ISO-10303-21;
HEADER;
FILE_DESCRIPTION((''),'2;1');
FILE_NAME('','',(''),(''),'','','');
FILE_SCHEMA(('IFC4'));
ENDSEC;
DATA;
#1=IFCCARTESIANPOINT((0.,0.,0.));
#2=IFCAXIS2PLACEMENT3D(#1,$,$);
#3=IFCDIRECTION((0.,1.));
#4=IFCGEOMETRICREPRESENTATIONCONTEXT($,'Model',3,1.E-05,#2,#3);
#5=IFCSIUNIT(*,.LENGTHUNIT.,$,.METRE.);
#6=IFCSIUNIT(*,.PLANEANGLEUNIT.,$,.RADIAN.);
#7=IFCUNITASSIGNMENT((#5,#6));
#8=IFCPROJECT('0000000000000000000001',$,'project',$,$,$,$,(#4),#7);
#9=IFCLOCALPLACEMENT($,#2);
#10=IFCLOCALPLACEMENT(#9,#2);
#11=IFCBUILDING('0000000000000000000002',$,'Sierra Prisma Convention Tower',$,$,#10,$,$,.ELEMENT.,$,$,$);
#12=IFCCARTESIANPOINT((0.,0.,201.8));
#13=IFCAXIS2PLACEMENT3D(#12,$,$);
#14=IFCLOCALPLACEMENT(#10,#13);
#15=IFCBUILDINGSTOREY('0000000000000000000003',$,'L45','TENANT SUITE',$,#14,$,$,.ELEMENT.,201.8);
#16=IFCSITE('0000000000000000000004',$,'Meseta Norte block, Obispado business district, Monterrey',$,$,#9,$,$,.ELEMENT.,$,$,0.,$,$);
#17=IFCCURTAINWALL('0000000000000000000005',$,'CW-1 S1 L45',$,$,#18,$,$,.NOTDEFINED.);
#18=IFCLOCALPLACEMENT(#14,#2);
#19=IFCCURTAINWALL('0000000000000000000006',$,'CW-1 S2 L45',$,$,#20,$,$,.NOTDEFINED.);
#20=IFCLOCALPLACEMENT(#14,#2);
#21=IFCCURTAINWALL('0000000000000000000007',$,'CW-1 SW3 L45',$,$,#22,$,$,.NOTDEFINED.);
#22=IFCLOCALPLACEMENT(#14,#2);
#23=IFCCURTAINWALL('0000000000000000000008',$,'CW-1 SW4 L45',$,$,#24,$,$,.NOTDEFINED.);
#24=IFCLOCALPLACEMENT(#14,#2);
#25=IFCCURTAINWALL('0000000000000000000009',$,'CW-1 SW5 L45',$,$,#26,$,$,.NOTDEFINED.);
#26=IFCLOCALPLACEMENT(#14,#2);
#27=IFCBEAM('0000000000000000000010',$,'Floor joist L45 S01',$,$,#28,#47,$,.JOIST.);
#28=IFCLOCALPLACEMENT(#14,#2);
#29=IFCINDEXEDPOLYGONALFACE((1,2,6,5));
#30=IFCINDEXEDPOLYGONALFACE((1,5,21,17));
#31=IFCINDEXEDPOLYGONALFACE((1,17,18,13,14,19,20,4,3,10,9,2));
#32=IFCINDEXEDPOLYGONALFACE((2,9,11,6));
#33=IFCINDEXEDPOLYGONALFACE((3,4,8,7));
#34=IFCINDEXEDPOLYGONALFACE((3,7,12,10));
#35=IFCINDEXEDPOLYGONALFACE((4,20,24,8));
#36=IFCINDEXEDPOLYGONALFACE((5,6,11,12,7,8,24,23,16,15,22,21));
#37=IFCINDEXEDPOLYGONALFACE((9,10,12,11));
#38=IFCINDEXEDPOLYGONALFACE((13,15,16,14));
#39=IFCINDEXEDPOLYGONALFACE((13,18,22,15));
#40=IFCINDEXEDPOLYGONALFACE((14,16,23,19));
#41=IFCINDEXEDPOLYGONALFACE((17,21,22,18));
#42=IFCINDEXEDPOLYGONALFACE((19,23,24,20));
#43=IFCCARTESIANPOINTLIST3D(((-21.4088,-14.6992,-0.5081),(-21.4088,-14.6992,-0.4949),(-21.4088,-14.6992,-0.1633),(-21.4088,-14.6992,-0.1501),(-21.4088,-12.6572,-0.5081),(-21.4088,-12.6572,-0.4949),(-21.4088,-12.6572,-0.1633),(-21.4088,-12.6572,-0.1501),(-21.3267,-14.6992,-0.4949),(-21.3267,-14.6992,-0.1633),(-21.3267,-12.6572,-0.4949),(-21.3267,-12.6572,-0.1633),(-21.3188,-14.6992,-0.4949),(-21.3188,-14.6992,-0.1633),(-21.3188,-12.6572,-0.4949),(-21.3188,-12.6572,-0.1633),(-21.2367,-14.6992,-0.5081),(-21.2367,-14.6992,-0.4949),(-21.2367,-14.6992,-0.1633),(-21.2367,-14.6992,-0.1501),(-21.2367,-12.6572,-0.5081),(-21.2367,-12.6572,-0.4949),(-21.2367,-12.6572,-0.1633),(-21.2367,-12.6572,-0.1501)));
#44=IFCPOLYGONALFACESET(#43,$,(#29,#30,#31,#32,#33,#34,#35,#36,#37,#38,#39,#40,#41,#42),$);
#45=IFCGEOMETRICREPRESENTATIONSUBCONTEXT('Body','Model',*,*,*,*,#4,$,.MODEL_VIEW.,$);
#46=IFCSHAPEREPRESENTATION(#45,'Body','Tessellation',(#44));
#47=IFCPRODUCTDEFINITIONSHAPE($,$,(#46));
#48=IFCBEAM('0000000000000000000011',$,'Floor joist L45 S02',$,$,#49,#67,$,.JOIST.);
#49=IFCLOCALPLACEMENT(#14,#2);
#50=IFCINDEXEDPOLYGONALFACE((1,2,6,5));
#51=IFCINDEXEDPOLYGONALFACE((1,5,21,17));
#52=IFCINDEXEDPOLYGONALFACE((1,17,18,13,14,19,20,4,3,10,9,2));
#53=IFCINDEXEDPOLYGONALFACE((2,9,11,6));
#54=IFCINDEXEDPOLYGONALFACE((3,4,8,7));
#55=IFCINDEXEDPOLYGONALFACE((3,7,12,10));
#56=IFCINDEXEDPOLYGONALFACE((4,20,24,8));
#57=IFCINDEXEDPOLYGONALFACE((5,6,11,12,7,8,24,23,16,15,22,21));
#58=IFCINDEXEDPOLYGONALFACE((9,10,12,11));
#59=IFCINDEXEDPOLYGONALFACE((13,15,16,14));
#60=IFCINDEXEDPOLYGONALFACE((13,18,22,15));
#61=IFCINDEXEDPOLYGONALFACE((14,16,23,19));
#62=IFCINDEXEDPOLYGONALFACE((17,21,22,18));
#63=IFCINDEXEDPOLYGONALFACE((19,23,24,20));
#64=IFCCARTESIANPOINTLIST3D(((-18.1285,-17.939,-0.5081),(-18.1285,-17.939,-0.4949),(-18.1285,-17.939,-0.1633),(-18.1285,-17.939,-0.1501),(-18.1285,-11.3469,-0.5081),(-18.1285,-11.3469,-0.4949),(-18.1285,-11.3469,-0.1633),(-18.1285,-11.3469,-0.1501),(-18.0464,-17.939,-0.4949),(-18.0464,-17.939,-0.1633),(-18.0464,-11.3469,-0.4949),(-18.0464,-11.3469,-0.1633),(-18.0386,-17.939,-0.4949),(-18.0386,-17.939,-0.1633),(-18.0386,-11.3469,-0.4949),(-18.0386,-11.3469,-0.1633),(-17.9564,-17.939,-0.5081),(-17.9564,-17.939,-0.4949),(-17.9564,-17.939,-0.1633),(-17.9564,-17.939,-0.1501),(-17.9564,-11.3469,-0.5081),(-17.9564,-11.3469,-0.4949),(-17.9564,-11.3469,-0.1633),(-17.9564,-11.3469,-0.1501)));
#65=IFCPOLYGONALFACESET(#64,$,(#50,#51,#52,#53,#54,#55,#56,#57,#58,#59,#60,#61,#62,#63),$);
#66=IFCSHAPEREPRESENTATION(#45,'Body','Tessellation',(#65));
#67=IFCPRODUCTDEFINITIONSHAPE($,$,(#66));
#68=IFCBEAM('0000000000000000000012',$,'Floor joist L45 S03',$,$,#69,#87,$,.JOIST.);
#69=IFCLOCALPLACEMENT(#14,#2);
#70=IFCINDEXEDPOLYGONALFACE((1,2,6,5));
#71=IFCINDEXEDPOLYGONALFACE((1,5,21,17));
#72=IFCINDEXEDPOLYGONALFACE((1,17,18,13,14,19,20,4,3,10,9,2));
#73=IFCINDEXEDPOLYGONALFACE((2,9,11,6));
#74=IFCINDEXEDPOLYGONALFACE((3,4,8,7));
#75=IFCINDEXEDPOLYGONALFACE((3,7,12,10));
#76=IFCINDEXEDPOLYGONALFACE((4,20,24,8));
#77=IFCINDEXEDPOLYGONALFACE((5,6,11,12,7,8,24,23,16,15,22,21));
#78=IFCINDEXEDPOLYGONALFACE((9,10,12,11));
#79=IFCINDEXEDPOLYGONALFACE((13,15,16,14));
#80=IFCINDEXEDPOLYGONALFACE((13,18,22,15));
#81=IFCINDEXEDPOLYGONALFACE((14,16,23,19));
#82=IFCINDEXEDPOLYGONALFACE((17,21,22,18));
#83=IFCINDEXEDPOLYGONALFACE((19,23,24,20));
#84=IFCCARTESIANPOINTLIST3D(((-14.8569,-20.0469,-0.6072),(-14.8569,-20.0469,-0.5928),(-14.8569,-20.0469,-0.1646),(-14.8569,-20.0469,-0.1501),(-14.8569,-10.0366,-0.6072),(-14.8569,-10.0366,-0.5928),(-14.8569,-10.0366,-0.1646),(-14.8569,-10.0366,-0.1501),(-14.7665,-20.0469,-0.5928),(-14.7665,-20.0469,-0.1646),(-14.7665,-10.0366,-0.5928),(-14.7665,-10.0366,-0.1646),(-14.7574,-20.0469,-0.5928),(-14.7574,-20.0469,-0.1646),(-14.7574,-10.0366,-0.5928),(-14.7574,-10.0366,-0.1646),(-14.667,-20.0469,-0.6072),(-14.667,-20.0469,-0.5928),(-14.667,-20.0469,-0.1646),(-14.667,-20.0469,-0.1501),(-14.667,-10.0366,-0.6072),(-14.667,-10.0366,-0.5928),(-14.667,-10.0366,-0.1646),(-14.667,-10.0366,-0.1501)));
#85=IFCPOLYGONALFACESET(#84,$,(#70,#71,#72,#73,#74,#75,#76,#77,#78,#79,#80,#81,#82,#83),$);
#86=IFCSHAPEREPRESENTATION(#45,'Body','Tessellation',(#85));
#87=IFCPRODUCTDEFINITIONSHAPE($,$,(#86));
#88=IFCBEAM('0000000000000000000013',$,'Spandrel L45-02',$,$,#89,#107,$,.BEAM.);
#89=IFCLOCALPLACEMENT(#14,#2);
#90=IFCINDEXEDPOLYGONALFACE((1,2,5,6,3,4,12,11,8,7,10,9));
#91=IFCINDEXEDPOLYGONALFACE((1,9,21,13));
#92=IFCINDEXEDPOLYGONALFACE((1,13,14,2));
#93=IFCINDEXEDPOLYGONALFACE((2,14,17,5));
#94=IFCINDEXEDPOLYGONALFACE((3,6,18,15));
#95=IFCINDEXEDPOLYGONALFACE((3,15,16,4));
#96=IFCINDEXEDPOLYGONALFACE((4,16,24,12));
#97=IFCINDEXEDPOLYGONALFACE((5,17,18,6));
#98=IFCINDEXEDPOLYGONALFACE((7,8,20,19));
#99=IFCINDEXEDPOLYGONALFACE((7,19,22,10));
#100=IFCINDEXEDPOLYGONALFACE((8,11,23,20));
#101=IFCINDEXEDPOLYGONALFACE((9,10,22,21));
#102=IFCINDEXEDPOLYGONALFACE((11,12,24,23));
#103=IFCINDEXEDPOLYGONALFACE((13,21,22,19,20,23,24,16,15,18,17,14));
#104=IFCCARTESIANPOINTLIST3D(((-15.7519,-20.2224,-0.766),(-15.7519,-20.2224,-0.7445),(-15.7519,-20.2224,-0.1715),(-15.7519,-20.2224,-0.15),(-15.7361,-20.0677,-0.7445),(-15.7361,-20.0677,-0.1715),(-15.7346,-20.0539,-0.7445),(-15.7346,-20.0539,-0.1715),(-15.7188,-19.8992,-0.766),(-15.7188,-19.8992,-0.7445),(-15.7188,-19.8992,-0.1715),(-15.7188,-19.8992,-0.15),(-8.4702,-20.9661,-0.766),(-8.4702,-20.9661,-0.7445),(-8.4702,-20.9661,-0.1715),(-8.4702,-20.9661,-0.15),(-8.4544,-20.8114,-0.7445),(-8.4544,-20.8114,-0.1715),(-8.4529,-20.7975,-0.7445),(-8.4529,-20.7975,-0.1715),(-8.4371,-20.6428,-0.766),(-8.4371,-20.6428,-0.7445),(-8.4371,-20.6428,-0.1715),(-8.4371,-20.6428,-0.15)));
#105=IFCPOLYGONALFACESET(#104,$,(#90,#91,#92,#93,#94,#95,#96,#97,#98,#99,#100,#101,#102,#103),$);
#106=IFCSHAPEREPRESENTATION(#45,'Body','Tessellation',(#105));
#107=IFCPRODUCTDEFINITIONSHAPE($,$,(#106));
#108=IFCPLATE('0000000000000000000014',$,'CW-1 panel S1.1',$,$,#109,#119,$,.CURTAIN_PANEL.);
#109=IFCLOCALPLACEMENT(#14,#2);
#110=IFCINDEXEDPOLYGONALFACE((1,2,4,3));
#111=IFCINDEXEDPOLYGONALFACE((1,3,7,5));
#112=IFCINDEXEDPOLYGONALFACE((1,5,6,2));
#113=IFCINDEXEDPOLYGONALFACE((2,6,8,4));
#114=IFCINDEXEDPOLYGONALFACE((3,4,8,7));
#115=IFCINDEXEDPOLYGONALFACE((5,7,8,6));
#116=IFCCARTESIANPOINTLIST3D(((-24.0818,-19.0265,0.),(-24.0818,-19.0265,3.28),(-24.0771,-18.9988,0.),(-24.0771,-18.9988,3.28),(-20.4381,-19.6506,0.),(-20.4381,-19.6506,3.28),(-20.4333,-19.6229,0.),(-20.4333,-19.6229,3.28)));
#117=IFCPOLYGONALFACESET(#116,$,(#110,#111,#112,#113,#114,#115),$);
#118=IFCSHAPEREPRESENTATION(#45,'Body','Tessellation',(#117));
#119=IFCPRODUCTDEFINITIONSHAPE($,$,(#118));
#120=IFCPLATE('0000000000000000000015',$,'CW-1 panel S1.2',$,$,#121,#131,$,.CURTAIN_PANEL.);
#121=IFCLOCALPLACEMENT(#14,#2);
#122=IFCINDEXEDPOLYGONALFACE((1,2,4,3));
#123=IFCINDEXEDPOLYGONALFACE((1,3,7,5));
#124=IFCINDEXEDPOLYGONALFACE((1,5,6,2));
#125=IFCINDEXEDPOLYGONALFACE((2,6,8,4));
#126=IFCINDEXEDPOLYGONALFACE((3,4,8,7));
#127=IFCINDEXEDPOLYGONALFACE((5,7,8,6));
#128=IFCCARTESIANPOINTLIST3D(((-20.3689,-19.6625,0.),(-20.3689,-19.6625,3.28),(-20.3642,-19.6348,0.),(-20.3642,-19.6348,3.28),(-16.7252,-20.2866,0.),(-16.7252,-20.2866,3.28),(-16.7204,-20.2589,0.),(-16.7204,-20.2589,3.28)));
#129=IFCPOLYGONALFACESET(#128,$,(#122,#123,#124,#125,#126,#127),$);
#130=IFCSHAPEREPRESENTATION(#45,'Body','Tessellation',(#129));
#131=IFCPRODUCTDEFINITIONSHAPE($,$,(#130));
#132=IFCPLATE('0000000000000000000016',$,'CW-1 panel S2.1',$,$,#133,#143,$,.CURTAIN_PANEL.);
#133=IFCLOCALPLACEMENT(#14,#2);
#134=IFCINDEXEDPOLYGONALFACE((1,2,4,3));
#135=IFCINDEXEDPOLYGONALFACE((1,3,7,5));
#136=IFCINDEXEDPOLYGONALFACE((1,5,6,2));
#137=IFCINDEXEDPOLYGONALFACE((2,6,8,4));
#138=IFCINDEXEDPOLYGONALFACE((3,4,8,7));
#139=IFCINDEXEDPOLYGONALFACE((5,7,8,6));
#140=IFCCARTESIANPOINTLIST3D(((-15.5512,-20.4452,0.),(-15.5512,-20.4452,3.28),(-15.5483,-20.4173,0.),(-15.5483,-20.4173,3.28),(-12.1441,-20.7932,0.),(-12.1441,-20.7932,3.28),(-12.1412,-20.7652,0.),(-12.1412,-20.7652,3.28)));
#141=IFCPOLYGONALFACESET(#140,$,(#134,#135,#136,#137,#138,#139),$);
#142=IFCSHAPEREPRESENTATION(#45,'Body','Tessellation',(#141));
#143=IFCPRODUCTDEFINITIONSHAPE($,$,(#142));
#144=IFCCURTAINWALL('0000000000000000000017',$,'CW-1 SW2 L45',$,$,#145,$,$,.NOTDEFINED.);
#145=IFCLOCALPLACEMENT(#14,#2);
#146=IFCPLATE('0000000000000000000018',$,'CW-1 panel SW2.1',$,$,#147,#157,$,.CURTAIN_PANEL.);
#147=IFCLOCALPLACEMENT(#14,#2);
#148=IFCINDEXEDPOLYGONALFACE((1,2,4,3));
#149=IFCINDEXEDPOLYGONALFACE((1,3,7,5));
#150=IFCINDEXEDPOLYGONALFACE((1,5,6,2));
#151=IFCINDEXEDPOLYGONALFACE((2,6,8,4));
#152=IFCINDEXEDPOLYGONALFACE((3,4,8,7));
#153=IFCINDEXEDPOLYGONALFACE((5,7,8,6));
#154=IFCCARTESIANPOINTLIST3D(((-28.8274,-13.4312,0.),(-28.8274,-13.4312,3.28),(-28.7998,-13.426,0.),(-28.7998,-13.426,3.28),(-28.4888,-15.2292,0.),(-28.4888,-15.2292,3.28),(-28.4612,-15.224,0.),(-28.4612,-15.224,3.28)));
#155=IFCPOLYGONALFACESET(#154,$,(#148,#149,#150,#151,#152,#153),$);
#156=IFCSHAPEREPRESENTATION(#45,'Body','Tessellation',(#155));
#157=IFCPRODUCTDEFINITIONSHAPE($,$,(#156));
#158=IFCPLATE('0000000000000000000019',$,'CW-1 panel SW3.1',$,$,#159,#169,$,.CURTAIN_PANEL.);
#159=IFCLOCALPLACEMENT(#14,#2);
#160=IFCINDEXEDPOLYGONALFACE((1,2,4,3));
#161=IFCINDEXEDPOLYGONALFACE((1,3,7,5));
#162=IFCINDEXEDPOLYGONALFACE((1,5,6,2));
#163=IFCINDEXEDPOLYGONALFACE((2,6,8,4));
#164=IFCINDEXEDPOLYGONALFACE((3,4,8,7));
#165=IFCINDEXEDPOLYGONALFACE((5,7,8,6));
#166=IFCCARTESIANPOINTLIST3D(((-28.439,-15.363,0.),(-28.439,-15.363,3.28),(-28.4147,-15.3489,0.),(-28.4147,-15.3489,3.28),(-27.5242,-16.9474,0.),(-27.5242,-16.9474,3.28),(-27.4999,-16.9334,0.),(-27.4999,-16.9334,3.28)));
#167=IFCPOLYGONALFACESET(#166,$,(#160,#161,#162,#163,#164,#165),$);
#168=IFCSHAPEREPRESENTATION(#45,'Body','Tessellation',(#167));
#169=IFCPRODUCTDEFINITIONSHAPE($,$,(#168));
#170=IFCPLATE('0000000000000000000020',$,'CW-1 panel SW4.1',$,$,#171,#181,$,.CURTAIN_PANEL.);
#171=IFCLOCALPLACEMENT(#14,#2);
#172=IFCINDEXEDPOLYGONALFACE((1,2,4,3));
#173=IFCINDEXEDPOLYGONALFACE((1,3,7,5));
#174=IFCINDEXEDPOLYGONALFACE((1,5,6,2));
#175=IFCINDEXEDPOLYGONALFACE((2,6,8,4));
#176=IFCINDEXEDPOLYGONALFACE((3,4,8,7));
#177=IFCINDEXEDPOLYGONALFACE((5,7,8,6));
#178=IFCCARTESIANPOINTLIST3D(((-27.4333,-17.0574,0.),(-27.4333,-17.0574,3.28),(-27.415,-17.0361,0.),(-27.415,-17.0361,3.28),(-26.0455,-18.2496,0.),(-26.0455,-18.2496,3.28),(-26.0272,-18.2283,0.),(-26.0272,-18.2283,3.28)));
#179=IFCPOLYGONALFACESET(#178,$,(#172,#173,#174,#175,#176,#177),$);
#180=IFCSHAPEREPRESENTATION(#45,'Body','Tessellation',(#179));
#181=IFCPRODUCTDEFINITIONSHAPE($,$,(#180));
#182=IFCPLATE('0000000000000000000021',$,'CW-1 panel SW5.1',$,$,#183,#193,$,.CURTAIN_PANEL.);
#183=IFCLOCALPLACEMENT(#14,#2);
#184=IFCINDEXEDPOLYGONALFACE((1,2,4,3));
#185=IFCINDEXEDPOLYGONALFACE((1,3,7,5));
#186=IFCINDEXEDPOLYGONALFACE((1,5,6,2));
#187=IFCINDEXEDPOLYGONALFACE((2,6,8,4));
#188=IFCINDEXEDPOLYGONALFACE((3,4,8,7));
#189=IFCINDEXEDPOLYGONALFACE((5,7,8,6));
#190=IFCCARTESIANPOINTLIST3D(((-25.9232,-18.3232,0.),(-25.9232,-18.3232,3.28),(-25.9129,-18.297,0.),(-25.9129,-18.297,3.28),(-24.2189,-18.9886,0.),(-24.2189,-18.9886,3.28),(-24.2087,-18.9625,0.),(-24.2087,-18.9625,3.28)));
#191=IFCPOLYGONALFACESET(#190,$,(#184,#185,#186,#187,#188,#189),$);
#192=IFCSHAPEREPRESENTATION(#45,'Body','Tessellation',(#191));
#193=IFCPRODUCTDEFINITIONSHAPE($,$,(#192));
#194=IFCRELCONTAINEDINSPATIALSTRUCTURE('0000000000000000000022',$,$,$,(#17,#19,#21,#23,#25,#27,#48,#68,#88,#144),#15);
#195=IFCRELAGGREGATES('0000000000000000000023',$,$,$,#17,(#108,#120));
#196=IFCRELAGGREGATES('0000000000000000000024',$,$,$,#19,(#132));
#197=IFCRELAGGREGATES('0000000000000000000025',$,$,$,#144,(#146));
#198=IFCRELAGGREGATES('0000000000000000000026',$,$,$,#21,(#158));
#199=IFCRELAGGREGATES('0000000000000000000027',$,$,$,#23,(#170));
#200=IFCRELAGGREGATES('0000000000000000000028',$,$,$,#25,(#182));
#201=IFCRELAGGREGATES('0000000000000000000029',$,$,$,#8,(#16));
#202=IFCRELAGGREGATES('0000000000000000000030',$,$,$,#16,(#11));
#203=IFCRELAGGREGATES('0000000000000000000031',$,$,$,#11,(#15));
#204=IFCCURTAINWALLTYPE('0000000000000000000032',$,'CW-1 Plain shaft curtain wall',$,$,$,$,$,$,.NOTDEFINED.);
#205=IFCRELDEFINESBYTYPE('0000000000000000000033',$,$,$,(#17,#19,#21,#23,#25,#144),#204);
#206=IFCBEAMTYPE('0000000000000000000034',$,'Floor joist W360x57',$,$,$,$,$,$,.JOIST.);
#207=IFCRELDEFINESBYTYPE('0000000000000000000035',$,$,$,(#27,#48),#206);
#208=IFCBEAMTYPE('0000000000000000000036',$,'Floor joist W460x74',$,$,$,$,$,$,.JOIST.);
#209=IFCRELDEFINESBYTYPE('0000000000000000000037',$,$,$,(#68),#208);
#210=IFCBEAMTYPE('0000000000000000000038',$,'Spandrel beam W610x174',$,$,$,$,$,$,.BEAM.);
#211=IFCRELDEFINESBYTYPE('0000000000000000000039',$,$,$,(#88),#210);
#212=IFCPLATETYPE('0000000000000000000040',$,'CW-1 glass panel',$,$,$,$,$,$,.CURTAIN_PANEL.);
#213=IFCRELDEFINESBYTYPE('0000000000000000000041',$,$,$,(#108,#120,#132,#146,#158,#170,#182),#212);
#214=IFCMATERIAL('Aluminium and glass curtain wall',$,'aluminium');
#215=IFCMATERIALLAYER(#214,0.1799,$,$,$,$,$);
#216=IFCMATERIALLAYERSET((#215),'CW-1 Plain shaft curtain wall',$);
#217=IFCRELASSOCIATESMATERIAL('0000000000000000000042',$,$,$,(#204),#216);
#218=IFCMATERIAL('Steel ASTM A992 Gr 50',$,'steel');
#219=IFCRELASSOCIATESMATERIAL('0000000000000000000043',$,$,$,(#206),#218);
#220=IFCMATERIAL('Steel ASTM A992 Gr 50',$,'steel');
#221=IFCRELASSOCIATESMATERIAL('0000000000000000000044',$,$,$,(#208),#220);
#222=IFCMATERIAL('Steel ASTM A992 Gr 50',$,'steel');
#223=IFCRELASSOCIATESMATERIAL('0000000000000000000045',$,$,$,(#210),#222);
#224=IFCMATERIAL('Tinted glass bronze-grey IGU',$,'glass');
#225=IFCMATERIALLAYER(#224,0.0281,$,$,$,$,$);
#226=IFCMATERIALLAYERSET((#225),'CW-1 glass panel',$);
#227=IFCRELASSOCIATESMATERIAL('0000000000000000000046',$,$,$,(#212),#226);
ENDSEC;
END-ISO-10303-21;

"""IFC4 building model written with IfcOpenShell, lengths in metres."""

from ifc_helpers import new_model, si_unit, direction, frame, origin, origin_2d, place, context, subcontext, project, spatial, rectangle, i_section, extrude, material, layer, layer_set, material_profile, profile_set, type_object, element, aggregate, save


model = new_model("IFC4")

# Units and contexts
model_context = context("Model", 3, precision=1e-05, world=origin(), true_north=direction((0.0, 1.0)))
body_context = subcontext(model_context, "Body", "Model", "MODEL_VIEW")
ifc_project = project(units=[si_unit("LENGTHUNIT", "METRE"), si_unit("PLANEANGLEUNIT", "RADIAN")], contexts=[model_context])

# Site, building, storey
site_placement = place(None, origin())
site = spatial("IfcSite", under=ifc_project, at=site_placement, Name="Meseta Norte block, Obispado business district, Monterrey", CompositionType="ELEMENT", RefElevation=0.0)
building_placement = place(site_placement, origin())
building = spatial("IfcBuilding", under=site, at=building_placement, Name="Sierra Prisma Convention Tower", CompositionType="ELEMENT")
storey_placement = place(building_placement, frame((0.0, 0.0, 201.8)))
storey = spatial("IfcBuildingStorey", under=building, at=storey_placement, Name="L45", Description="TENANT SUITE", CompositionType="ELEMENT", Elevation=201.8)

# Curtain wall
ifc_material_1 = material(Name="Aluminium and glass curtain wall", Category="aluminium")
ifc_layer_1 = layer(ifc_material_1, 0.1799)
ifc_layer_set_1 = layer_set([ifc_layer_1], Name="CW-1 Plain shaft curtain wall")
curtain_wall_type = type_object("IfcCurtainWallType", Name="CW-1 Plain shaft curtain wall", PredefinedType="NOTDEFINED", material=ifc_layer_set_1)
curtain_wall_1_placement = place(storey_placement, origin())
curtain_wall_1 = element("IfcCurtainWall", 1, at=curtain_wall_1_placement, inside=storey, type_object=curtain_wall_type, Name="CW-1 S1 L45", PredefinedType="NOTDEFINED")

# Curtain walls
curtain_wall_2_placement = place(storey_placement, origin())
curtain_wall_2 = element("IfcCurtainWall", 2, at=curtain_wall_2_placement, inside=storey, type_object=curtain_wall_type, Name="CW-1 S2 L45", PredefinedType="NOTDEFINED")
curtain_wall_3_placement = place(storey_placement, origin())
curtain_wall_3 = element("IfcCurtainWall", 3, at=curtain_wall_3_placement, inside=storey, type_object=curtain_wall_type, Name="CW-1 SW3 L45", PredefinedType="NOTDEFINED")
curtain_wall_4_placement = place(storey_placement, origin())
curtain_wall_4 = element("IfcCurtainWall", 4, at=curtain_wall_4_placement, inside=storey, type_object=curtain_wall_type, Name="CW-1 SW4 L45", PredefinedType="NOTDEFINED")
curtain_wall_5_placement = place(storey_placement, origin())
curtain_wall_5 = element("IfcCurtainWall", 5, at=curtain_wall_5_placement, inside=storey, type_object=curtain_wall_type, Name="CW-1 SW5 L45", PredefinedType="NOTDEFINED")

# Beams
ifc_material_2 = material(Name="Steel ASTM A992 Gr 50", Category="steel")
ifc_material_profile_1 = material_profile(ifc_material_2, i_section(OverallWidth=0.1721, OverallDepth=0.3579, WebThickness=0.0078, FlangeThickness=0.0132, at=origin_2d()), Name="W360x57")
ifc_profile_set_1 = profile_set([ifc_material_profile_1], Name="Steel ASTM A992 Gr 50")
beam_type_1 = type_object("IfcBeamType", Name="Floor joist W360x57", PredefinedType="JOIST", material=ifc_profile_set_1)
beam_1_placement = place(storey_placement, frame((-21.3228, -14.6992, -0.3291), z_axis=(0.0, 1.0, 0.0), x_axis=(-1.0, 0.0, 0.0)))
element("IfcBeam", 6, at=beam_1_placement, inside=storey, type_object=beam_type_1, Name="Floor joist L45 S01", PredefinedType="JOIST", context=body_context, shape_type="SweptSolid", body=[
    extrude(i_section(OverallWidth=0.1721, OverallDepth=0.3579, WebThickness=0.0078, FlangeThickness=0.0132, at=origin_2d()), origin(), (0.0, 0.0, 1.0), 2.042),
])
beam_2_placement = place(storey_placement, frame((-18.0425, -17.939, -0.3291), z_axis=(0.0, 1.0, 0.0), x_axis=(-1.0, 0.0, 0.0)))
element("IfcBeam", 7, at=beam_2_placement, inside=storey, type_object=beam_type_1, Name="Floor joist L45 S02", PredefinedType="JOIST", context=body_context, shape_type="SweptSolid", body=[
    extrude(i_section(OverallWidth=0.1721, OverallDepth=0.3579, WebThickness=0.0078, FlangeThickness=0.0132, at=origin_2d()), origin(), (0.0, 0.0, 1.0), 6.592),
])
ifc_material_3 = material(Name="Steel ASTM A992 Gr 50", Category="steel")
ifc_material_profile_2 = material_profile(ifc_material_3, i_section(OverallWidth=0.1899, OverallDepth=0.457, WebThickness=0.009, FlangeThickness=0.0144, at=origin_2d()), Name="W460x74")
ifc_profile_set_2 = profile_set([ifc_material_profile_2], Name="Steel ASTM A992 Gr 50")
beam_type_2 = type_object("IfcBeamType", Name="Floor joist W460x74", PredefinedType="JOIST", material=ifc_profile_set_2)
beam_3_placement = place(storey_placement, frame((-14.762, -20.0469, -0.3787), z_axis=(0.0, 1.0, 0.0), x_axis=(-1.0, 0.0, 0.0)))
element("IfcBeam", 8, at=beam_3_placement, inside=storey, type_object=beam_type_2, Name="Floor joist L45 S03", PredefinedType="JOIST", context=body_context, shape_type="SweptSolid", body=[
    extrude(i_section(OverallWidth=0.1899, OverallDepth=0.457, WebThickness=0.009, FlangeThickness=0.0144, at=origin_2d()), origin(), (0.0, 0.0, 1.0), 10.0103),
])
ifc_material_4 = material(Name="Steel ASTM A992 Gr 50", Category="steel")
ifc_material_profile_3 = material_profile(ifc_material_4, i_section(OverallWidth=0.325, OverallDepth=0.616, WebThickness=0.0139, FlangeThickness=0.0215, at=origin_2d()), Name="W610x174")
ifc_profile_set_3 = profile_set([ifc_material_profile_3], Name="Steel ASTM A992 Gr 50")
beam_type_3 = type_object("IfcBeamType", Name="Spandrel beam W610x174", PredefinedType="BEAM", material=ifc_profile_set_3)
beam_4_placement = place(storey_placement, frame((-15.7354, -20.0608, -0.458), z_axis=(0.994826, -0.101597, 0.0), x_axis=(0.101597, 0.994826, 0.0)))
element("IfcBeam", 9, at=beam_4_placement, inside=storey, type_object=beam_type_3, Name="Spandrel L45-02", PredefinedType="BEAM", context=body_context, shape_type="SweptSolid", body=[
    extrude(i_section(OverallWidth=0.325, OverallDepth=0.616, WebThickness=0.0139, FlangeThickness=0.0215, at=origin_2d()), origin(), (0.0, 0.0, 1.0), 7.3196),
])

# Plates
ifc_material_5 = material(Name="Tinted glass bronze-grey IGU", Category="glass")
ifc_layer_2 = layer(ifc_material_5, 0.0281)
ifc_layer_set_2 = layer_set([ifc_layer_2], Name="CW-1 glass panel")
plate_type = type_object("IfcPlateType", Name="CW-1 glass panel", PredefinedType="CURTAIN_PANEL", material=ifc_layer_set_2)
plate_1_placement = place(storey_placement, frame((-22.2576, -19.3247, 0.0), z_axis=(0.0, 0.0, 1.0), x_axis=(0.985649, -0.16881, 0.0)))
plate_1 = element("IfcPlate", 10, at=plate_1_placement, type_object=plate_type, Name="CW-1 panel S1.1", PredefinedType="CURTAIN_PANEL", context=body_context, shape_type="SweptSolid", body=[
    extrude(rectangle(XDim=3.6968, YDim=0.0281, at=origin_2d()), origin(), (0.0, 0.0, 1.0), 3.28),
])
plate_2_placement = place(storey_placement, frame((-18.5447, -19.9607, 0.0), z_axis=(0.0, 0.0, 1.0), x_axis=(0.985649, -0.16881, 0.0)))
plate_2 = element("IfcPlate", 11, at=plate_2_placement, type_object=plate_type, Name="CW-1 panel S1.2", PredefinedType="CURTAIN_PANEL", context=body_context, shape_type="SweptSolid", body=[
    extrude(rectangle(XDim=3.6968, YDim=0.0281, at=origin_2d()), origin(), (0.0, 0.0, 1.0), 3.28),
])
aggregate(curtain_wall_1, [plate_1, plate_2])
plate_3_placement = place(storey_placement, frame((-13.8462, -20.6052, 0.0), z_axis=(0.0, 0.0, 1.0), x_axis=(0.994826, -0.101598, 0.0)))
plate_3 = element("IfcPlate", 12, at=plate_3_placement, type_object=plate_type, Name="CW-1 panel S2.1", PredefinedType="CURTAIN_PANEL", context=body_context, shape_type="SweptSolid", body=[
    extrude(rectangle(XDim=3.4248, YDim=0.0281, at=origin_2d()), origin(), (0.0, 0.0, 1.0), 3.28),
])
aggregate(curtain_wall_2, [plate_3])

# Curtain wall, plate
curtain_wall_6_placement = place(storey_placement, origin())
curtain_wall_6 = element("IfcCurtainWall", 13, at=curtain_wall_6_placement, inside=storey, type_object=curtain_wall_type, Name="CW-1 SW2 L45", PredefinedType="NOTDEFINED")
plate_4_placement = place(storey_placement, frame((-28.6443, -14.3276, 0.0), z_axis=(0.0, 0.0, 1.0), x_axis=(0.185066, -0.982726, 0.0)))
plate_4 = element("IfcPlate", 14, at=plate_4_placement, type_object=plate_type, Name="CW-1 panel SW2.1", PredefinedType="CURTAIN_PANEL", context=body_context, shape_type="SweptSolid", body=[
    extrude(rectangle(XDim=1.8296, YDim=0.0281, at=origin_2d()), origin(), (0.0, 0.0, 1.0), 3.28),
])
aggregate(curtain_wall_6, [plate_4])

# Plates
plate_5_placement = place(storey_placement, frame((-27.9695, -16.1482, 0.0), z_axis=(0.0, 0.0, 1.0), x_axis=(0.5, -0.866025, 0.0)))
plate_5 = element("IfcPlate", 15, at=plate_5_placement, type_object=plate_type, Name="CW-1 panel SW3.1", PredefinedType="CURTAIN_PANEL", context=body_context, shape_type="SweptSolid", body=[
    extrude(rectangle(XDim=1.8296, YDim=0.0281, at=origin_2d()), origin(), (0.0, 0.0, 1.0), 3.28),
])
aggregate(curtain_wall_3, [plate_5])
plate_6_placement = place(storey_placement, frame((-26.7302, -17.6428, 0.0), z_axis=(0.0, 0.0, 1.0), x_axis=(0.758533, -0.651635, 0.0)))
plate_6 = element("IfcPlate", 16, at=plate_6_placement, type_object=plate_type, Name="CW-1 panel SW4.1", PredefinedType="CURTAIN_PANEL", context=body_context, shape_type="SweptSolid", body=[
    extrude(rectangle(XDim=1.8296, YDim=0.0281, at=origin_2d()), origin(), (0.0, 0.0, 1.0), 3.28),
])
aggregate(curtain_wall_4, [plate_6])
plate_7_placement = place(storey_placement, frame((-25.0659, -18.6428, 0.0), z_axis=(0.0, 0.0, 1.0), x_axis=(0.931501, -0.363738, 0.0)))
plate_7 = element("IfcPlate", 17, at=plate_7_placement, type_object=plate_type, Name="CW-1 panel SW5.1", PredefinedType="CURTAIN_PANEL", context=body_context, shape_type="SweptSolid", body=[
    extrude(rectangle(XDim=1.8296, YDim=0.0281, at=origin_2d()), origin(), (0.0, 0.0, 1.0), 3.28),
])
aggregate(curtain_wall_5, [plate_7])

save(model, "model.ifc")
